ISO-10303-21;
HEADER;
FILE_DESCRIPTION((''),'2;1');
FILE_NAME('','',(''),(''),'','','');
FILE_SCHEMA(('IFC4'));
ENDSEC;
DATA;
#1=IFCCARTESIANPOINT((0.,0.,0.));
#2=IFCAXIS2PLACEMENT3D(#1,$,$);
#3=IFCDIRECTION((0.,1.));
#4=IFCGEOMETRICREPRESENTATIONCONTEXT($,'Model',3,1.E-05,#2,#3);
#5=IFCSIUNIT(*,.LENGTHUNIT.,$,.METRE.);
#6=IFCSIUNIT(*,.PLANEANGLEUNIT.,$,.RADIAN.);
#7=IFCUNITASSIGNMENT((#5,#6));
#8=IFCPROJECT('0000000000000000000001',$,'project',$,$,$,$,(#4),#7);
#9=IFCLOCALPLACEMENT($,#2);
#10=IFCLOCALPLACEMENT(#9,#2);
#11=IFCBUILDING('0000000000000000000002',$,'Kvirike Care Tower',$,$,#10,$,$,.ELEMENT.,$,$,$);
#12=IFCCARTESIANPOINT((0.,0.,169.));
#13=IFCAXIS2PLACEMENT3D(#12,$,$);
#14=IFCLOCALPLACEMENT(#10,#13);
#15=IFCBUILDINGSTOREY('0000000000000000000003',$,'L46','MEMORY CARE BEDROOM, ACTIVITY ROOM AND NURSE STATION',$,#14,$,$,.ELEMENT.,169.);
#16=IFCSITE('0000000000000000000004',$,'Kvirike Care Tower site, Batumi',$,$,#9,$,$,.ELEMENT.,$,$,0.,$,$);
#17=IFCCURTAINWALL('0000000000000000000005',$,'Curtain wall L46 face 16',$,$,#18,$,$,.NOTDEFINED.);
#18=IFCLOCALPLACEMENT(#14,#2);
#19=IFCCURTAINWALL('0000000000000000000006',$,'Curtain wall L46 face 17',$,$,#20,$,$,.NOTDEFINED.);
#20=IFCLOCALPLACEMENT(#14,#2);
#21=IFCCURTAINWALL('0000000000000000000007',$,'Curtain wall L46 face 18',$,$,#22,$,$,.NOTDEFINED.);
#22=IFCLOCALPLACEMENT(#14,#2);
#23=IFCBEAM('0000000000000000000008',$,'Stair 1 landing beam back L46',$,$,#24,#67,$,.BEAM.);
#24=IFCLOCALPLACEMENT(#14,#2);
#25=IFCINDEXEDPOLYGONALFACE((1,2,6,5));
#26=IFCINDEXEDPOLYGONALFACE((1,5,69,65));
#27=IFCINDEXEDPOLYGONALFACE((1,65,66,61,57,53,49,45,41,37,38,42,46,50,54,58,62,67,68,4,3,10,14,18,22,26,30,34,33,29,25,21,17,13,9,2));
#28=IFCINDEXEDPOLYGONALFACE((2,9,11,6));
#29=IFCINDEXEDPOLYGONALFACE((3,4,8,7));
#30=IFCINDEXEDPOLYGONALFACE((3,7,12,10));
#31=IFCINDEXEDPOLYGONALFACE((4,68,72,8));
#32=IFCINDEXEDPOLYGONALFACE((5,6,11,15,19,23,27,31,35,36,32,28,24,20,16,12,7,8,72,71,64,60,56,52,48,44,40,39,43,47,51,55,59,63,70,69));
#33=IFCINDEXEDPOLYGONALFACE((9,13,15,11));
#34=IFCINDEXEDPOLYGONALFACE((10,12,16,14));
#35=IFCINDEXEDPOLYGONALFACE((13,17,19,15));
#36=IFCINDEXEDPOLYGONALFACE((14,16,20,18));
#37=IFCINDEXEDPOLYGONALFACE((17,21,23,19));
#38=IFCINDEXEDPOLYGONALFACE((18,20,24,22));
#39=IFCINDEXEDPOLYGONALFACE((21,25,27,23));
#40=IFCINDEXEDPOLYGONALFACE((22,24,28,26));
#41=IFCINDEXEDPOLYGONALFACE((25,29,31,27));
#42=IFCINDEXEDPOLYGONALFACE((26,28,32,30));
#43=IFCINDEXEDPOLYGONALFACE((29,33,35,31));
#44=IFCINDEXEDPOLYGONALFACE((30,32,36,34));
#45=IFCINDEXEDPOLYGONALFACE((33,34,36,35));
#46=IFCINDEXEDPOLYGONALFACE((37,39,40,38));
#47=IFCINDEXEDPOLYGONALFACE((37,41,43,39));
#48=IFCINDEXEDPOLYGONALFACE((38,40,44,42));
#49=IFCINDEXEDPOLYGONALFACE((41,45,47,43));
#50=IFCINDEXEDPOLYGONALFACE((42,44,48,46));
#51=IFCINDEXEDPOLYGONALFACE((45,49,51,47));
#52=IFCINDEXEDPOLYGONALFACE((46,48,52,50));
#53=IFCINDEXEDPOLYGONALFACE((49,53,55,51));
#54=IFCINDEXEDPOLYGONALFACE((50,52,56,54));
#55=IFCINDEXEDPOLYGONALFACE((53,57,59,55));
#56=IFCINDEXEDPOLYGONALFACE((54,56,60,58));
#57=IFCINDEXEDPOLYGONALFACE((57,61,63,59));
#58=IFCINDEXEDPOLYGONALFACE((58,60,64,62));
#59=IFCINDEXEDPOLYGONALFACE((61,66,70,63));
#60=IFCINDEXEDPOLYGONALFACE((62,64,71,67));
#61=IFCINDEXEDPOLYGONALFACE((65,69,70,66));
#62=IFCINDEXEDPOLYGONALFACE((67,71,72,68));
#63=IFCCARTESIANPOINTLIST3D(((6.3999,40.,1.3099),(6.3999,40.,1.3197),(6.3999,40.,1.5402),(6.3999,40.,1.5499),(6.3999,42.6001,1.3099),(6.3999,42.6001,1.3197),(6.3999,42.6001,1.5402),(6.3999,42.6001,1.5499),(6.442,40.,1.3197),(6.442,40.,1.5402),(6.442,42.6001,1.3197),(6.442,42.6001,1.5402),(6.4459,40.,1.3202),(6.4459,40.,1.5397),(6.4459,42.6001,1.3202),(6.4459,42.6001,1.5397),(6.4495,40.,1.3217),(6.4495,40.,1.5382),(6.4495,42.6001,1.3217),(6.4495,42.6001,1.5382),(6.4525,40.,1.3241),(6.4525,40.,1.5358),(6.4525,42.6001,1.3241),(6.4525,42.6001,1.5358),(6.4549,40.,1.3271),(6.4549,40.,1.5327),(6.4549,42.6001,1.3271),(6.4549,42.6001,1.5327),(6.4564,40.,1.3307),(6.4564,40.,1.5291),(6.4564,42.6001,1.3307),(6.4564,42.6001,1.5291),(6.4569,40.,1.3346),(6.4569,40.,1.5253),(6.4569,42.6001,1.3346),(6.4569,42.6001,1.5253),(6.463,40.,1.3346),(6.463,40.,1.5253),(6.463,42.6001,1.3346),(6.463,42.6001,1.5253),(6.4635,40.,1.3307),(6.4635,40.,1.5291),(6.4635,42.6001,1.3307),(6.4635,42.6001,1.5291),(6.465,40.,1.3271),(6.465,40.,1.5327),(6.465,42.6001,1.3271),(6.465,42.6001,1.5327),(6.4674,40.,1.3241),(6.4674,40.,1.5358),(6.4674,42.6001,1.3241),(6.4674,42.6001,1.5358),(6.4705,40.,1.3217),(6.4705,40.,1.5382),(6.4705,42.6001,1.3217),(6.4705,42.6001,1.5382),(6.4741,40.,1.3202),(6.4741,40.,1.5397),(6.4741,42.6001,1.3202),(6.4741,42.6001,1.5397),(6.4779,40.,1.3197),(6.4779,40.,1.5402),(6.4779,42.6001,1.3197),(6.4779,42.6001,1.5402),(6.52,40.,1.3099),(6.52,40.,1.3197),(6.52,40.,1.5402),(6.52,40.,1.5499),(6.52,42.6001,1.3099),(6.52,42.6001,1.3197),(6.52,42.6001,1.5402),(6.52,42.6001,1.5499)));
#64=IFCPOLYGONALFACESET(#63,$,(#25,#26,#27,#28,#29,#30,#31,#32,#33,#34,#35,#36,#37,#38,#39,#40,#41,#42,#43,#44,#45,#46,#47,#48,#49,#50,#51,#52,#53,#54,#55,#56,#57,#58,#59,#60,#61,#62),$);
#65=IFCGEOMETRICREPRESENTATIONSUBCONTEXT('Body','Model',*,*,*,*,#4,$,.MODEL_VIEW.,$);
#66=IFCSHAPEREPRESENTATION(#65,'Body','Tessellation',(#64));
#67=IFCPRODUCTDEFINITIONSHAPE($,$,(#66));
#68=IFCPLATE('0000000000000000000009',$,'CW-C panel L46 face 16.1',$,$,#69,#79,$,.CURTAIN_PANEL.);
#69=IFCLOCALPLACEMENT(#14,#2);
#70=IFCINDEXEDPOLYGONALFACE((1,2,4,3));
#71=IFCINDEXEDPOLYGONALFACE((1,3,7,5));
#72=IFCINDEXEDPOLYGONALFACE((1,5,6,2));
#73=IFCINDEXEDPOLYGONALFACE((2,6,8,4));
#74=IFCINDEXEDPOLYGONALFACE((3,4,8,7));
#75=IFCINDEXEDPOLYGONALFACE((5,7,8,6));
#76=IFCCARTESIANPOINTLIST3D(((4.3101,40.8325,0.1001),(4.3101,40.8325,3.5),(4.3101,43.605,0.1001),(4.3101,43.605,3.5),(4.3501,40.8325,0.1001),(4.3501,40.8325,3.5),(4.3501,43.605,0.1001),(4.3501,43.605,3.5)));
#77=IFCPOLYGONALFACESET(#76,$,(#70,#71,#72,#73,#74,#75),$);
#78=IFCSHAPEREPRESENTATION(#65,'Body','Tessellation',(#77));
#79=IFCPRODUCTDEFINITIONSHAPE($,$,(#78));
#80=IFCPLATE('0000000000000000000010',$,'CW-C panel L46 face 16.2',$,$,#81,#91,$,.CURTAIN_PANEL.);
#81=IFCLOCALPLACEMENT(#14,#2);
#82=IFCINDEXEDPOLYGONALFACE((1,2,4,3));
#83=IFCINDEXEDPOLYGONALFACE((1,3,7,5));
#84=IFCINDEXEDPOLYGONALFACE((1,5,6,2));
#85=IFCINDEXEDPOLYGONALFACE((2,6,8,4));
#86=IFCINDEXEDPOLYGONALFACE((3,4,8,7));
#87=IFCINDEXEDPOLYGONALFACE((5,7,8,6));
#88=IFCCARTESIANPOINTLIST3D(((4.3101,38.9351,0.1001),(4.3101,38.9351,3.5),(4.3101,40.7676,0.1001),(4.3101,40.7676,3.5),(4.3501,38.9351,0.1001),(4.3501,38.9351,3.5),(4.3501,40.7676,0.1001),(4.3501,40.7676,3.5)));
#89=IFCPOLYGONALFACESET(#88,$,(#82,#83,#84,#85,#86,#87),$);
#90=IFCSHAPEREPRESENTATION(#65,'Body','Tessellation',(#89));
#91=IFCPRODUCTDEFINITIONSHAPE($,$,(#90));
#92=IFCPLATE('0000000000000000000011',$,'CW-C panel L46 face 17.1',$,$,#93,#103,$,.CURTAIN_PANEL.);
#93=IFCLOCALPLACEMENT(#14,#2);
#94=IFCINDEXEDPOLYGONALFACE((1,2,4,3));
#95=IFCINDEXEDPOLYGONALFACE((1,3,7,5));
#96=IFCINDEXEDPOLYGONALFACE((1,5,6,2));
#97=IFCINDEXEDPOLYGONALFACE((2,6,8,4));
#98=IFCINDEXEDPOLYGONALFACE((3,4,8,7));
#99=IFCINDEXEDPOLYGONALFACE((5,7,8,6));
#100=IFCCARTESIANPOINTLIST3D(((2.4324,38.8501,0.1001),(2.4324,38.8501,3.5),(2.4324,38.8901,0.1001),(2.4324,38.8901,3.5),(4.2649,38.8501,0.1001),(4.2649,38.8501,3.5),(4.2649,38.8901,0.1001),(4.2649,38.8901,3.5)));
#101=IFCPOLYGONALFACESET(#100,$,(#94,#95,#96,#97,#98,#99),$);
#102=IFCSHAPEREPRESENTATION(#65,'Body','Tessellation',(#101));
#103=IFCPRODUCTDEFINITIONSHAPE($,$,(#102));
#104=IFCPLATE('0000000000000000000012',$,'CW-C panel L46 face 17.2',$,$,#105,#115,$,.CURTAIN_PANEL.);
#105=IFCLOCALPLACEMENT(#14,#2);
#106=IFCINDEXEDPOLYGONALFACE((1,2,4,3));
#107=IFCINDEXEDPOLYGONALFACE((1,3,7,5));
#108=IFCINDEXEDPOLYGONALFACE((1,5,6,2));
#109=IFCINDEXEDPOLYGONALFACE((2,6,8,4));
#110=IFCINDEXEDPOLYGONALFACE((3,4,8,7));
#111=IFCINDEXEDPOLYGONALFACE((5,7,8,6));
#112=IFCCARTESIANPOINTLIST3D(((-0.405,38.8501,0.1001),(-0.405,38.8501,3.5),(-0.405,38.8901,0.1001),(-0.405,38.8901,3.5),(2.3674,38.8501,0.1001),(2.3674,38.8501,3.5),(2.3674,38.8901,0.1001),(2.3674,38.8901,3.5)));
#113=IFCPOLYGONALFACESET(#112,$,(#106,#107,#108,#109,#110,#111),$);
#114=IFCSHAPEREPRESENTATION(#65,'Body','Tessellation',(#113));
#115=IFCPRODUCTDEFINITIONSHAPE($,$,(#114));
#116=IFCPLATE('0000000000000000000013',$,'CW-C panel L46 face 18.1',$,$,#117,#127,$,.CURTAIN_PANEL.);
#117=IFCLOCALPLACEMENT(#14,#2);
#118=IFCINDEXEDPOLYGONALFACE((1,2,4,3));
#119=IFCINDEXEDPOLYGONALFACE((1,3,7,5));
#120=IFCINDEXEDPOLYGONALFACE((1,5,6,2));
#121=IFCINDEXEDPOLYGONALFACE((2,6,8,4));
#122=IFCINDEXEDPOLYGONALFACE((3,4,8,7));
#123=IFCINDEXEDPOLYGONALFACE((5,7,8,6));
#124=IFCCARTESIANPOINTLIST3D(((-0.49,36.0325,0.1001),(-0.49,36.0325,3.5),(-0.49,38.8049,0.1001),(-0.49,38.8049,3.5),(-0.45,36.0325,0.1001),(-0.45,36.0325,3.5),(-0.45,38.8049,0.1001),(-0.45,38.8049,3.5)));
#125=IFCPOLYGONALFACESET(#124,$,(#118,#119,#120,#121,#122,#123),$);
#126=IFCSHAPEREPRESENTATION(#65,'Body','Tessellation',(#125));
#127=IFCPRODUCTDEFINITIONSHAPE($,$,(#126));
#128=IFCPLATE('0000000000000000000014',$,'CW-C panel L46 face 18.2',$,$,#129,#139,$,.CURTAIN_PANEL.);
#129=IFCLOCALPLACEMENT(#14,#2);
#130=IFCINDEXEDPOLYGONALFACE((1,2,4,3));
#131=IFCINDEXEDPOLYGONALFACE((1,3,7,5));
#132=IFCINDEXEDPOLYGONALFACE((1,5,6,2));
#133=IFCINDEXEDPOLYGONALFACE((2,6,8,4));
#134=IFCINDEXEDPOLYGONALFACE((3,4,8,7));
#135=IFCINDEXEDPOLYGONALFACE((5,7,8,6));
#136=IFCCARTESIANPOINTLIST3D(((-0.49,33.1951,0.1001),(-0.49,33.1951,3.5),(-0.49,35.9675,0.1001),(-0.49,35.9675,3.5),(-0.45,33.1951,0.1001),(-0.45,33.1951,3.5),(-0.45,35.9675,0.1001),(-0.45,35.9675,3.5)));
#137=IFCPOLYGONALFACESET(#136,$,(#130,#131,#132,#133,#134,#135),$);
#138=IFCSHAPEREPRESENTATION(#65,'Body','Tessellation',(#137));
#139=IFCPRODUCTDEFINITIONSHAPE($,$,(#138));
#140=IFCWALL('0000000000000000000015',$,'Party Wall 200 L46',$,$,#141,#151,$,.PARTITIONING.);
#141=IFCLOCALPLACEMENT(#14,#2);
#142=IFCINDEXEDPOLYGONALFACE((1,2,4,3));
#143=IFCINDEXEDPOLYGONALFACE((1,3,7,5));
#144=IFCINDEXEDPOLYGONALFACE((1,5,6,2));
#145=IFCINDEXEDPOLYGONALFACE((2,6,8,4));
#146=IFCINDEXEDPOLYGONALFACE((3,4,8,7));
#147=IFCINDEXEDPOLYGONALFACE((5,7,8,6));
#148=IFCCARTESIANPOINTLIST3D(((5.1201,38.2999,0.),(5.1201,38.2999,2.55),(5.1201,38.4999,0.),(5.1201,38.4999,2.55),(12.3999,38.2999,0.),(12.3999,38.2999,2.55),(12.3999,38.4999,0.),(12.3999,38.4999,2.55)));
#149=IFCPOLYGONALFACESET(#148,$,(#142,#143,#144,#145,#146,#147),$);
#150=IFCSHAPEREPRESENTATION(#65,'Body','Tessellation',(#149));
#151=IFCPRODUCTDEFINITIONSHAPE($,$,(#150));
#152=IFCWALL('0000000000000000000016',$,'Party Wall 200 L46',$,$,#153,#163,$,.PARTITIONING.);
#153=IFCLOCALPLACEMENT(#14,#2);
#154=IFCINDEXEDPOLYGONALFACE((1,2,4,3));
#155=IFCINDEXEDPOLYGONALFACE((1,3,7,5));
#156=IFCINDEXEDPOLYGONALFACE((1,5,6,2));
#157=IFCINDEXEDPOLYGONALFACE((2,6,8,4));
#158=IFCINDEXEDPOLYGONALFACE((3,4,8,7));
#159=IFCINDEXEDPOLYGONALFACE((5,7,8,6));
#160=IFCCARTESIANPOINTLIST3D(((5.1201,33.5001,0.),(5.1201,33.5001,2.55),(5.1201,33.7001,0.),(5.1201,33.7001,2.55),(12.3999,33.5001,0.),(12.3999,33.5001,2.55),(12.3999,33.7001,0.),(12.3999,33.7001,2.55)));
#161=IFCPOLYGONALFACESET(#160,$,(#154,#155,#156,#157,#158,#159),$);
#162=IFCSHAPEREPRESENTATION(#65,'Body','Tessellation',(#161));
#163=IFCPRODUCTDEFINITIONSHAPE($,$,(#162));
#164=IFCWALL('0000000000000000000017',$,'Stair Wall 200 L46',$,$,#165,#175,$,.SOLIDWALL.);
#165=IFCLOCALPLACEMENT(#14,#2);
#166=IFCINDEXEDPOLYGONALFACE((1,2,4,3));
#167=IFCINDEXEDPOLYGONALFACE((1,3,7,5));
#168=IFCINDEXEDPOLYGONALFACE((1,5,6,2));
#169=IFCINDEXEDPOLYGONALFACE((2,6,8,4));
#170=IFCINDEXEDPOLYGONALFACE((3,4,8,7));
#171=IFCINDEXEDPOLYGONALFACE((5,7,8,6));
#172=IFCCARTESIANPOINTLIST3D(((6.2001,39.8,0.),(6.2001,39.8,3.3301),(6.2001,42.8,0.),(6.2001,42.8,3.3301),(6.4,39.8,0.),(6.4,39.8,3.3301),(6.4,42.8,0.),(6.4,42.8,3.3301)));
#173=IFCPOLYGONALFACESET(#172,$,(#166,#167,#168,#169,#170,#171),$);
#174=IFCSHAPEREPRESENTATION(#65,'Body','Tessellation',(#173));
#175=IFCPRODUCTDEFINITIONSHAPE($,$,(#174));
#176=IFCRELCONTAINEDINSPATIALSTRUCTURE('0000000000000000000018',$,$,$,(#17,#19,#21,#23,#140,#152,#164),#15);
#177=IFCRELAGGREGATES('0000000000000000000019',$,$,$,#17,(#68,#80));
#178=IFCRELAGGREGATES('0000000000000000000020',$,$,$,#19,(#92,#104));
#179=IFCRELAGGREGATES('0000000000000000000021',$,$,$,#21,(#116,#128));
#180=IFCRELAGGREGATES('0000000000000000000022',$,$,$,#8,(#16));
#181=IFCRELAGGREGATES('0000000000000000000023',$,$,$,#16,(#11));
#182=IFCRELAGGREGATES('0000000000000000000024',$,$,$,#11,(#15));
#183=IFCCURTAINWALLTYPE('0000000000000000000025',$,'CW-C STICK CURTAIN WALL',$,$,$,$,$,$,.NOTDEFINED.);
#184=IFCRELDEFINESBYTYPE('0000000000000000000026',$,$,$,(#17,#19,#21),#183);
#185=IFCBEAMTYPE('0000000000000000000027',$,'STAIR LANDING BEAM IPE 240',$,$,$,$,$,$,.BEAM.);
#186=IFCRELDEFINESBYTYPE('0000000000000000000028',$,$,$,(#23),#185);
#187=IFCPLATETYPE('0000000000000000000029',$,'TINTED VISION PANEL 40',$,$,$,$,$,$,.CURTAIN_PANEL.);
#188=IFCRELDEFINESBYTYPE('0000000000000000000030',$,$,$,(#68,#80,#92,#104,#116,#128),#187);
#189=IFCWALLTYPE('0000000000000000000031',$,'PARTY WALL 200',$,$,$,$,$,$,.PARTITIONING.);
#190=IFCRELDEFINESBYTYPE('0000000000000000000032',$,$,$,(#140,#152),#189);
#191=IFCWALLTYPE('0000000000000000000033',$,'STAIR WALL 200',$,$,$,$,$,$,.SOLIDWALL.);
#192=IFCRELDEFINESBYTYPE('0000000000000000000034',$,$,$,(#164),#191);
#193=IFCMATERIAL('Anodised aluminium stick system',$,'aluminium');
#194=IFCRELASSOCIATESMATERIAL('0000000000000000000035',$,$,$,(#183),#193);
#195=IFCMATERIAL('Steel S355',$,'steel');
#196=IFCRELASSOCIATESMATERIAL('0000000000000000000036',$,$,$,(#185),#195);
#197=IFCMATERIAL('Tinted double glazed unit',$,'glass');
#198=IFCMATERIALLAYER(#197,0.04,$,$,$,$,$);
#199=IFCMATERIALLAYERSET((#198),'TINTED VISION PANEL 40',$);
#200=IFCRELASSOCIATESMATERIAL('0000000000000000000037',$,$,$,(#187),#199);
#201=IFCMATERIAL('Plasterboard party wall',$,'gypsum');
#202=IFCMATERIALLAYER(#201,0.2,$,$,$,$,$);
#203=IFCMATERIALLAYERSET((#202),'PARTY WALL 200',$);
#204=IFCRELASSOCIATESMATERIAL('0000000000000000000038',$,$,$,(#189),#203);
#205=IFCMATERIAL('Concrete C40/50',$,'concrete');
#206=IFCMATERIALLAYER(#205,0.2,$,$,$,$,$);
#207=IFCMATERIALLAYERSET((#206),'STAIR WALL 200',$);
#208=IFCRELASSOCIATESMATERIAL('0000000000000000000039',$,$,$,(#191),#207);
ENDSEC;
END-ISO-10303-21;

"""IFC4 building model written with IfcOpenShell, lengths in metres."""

from ifc_helpers import new_model, si_unit, direction, frame, frame_2d, origin, origin_2d, place, context, subcontext, project, spatial, rectangle, i_section, extrude, material, layer, layer_set, material_profile, profile_set, type_object, element, aggregate, save


model = new_model("IFC4")

# Units and contexts
model_context = context("Model", 3, precision=1e-05, world=origin(), true_north=direction((0.0, 1.0)))
body_context = subcontext(model_context, "Body", "Model", "MODEL_VIEW")
ifc_project = project(units=[si_unit("LENGTHUNIT", "METRE"), si_unit("PLANEANGLEUNIT", "RADIAN")], contexts=[model_context])

# Site, building, storey
site_placement = place(None, origin())
site = spatial("IfcSite", under=ifc_project, at=site_placement, Name="Kvirike Care Tower site, Batumi", CompositionType="ELEMENT", RefElevation=0.0)
building_placement = place(site_placement, origin())
building = spatial("IfcBuilding", under=site, at=building_placement, Name="Kvirike Care Tower", CompositionType="ELEMENT")
storey_placement = place(building_placement, frame((0.0, 0.0, 169.0)))
storey = spatial("IfcBuildingStorey", under=building, at=storey_placement, Name="L46", Description="MEMORY CARE BEDROOM, ACTIVITY ROOM AND NURSE STATION", CompositionType="ELEMENT", Elevation=169.0)

# Curtain walls
ifc_material_1 = material(Name="Anodised aluminium stick system", Category="aluminium")
curtain_wall_type = type_object("IfcCurtainWallType", Name="CW-C STICK CURTAIN WALL", PredefinedType="NOTDEFINED", material=ifc_material_1)
curtain_wall_1_placement = place(storey_placement, origin())
curtain_wall_1 = element("IfcCurtainWall", 1, at=curtain_wall_1_placement, inside=storey, type_object=curtain_wall_type, Name="Curtain wall L46 face 16", PredefinedType="NOTDEFINED")
curtain_wall_2_placement = place(storey_placement, origin())
curtain_wall_2 = element("IfcCurtainWall", 2, at=curtain_wall_2_placement, inside=storey, type_object=curtain_wall_type, Name="Curtain wall L46 face 17", PredefinedType="NOTDEFINED")
curtain_wall_3_placement = place(storey_placement, origin())
curtain_wall_3 = element("IfcCurtainWall", 3, at=curtain_wall_3_placement, inside=storey, type_object=curtain_wall_type, Name="Curtain wall L46 face 18", PredefinedType="NOTDEFINED")

# Beam
ifc_material_2 = material(Name="Steel S355", Category="steel")
ifc_material_profile_1 = material_profile(ifc_material_2, i_section(OverallWidth=0.1201, OverallDepth=0.24, WebThickness=0.0061, FlangeThickness=0.0098, FilletRadius=0.0149, at=origin_2d()), Name="IPE 240")
ifc_profile_set_1 = profile_set([ifc_material_profile_1], Name="Steel S355")
beam_type_1 = type_object("IfcBeamType", Name="STAIR LANDING BEAM IPE 240", PredefinedType="BEAM", material=ifc_profile_set_1)
beam_1_placement = place(storey_placement, frame((6.46, 42.6001, 1.4299), z_axis=(0.0, -1.0, 0.0), x_axis=(1.0, 0.0, 0.0)))
element("IfcBeam", 4, at=beam_1_placement, inside=storey, type_object=beam_type_1, Name="Stair 1 landing beam back L46", PredefinedType="BEAM", context=body_context, shape_type="SweptSolid", body=[
    extrude(i_section(OverallWidth=0.1201, OverallDepth=0.24, WebThickness=0.0061, FlangeThickness=0.0098, FilletRadius=0.0149, at=origin_2d()), origin(), (0.0, 0.0, 1.0), 2.6001),
])

# Plates
ifc_material_3 = material(Name="Tinted double glazed unit", Category="glass")
ifc_layer_1 = layer(ifc_material_3, 0.04)
ifc_layer_set_1 = layer_set([ifc_layer_1], Name="TINTED VISION PANEL 40")
plate_type = type_object("IfcPlateType", Name="TINTED VISION PANEL 40", PredefinedType="CURTAIN_PANEL", material=ifc_layer_set_1)
plate_1_placement = place(storey_placement, frame((4.3301, 42.2188, 0.1001), z_axis=(0.0, 0.0, 1.0), x_axis=(0.0, -1.0, 0.0)))
plate_1 = element("IfcPlate", 5, at=plate_1_placement, type_object=plate_type, Name="CW-C panel L46 face 16.1", PredefinedType="CURTAIN_PANEL", context=body_context, shape_type="SweptSolid", body=[
    extrude(rectangle(XDim=2.7725, YDim=0.04, at=origin_2d()), origin(), (0.0, 0.0, 1.0), 3.3999),
])
plate_2_placement = place(storey_placement, frame((4.3301, 39.8513, 0.1001), z_axis=(0.0, 0.0, 1.0), x_axis=(0.0, -1.0, 0.0)))
plate_2 = element("IfcPlate", 6, at=plate_2_placement, type_object=plate_type, Name="CW-C panel L46 face 16.2", PredefinedType="CURTAIN_PANEL", context=body_context, shape_type="SweptSolid", body=[
    extrude(rectangle(XDim=1.8325, YDim=0.04, at=origin_2d()), origin(), (0.0, 0.0, 1.0), 3.3999),
])
aggregate(curtain_wall_1, [plate_1, plate_2])
plate_3_placement = place(storey_placement, frame((3.3486, 38.8701, 0.1001), z_axis=(0.0, 0.0, 1.0), x_axis=(-1.0, 0.0, 0.0)))
plate_3 = element("IfcPlate", 7, at=plate_3_placement, type_object=plate_type, Name="CW-C panel L46 face 17.1", PredefinedType="CURTAIN_PANEL", context=body_context, shape_type="SweptSolid", body=[
    extrude(rectangle(XDim=1.8325, YDim=0.04, at=origin_2d()), origin(), (0.0, 0.0, 1.0), 3.3999),
])
plate_4_placement = place(storey_placement, frame((0.9812, 38.8701, 0.1001), z_axis=(0.0, 0.0, 1.0), x_axis=(-1.0, 0.0, 0.0)))
plate_4 = element("IfcPlate", 8, at=plate_4_placement, type_object=plate_type, Name="CW-C panel L46 face 17.2", PredefinedType="CURTAIN_PANEL", context=body_context, shape_type="SweptSolid", body=[
    extrude(rectangle(XDim=2.7725, YDim=0.04, at=origin_2d()), origin(), (0.0, 0.0, 1.0), 3.3999),
])
aggregate(curtain_wall_2, [plate_3, plate_4])
plate_5_placement = place(storey_placement, frame((-0.47, 37.4187, 0.1001), z_axis=(0.0, 0.0, 1.0), x_axis=(0.0, -1.0, 0.0)))
plate_5 = element("IfcPlate", 9, at=plate_5_placement, type_object=plate_type, Name="CW-C panel L46 face 18.1", PredefinedType="CURTAIN_PANEL", context=body_context, shape_type="SweptSolid", body=[
    extrude(rectangle(XDim=2.7725, YDim=0.04, at=origin_2d()), origin(), (0.0, 0.0, 1.0), 3.3999),
])
plate_6_placement = place(storey_placement, frame((-0.47, 34.5813, 0.1001), z_axis=(0.0, 0.0, 1.0), x_axis=(0.0, -1.0, 0.0)))
plate_6 = element("IfcPlate", 10, at=plate_6_placement, type_object=plate_type, Name="CW-C panel L46 face 18.2", PredefinedType="CURTAIN_PANEL", context=body_context, shape_type="SweptSolid", body=[
    extrude(rectangle(XDim=2.7725, YDim=0.04, at=origin_2d()), origin(), (0.0, 0.0, 1.0), 3.3999),
])
aggregate(curtain_wall_3, [plate_5, plate_6])

# Walls
ifc_material_4 = material(Name="Plasterboard party wall", Category="gypsum")
ifc_layer_2 = layer(ifc_material_4, 0.2)
ifc_layer_set_2 = layer_set([ifc_layer_2], Name="PARTY WALL 200")
wall_type_1 = type_object("IfcWallType", Name="PARTY WALL 200", PredefinedType="PARTITIONING", material=ifc_layer_set_2)
for number, where, z_axis, x_axis, name in (
    (11, (5.1201, 38.3999, 0.0), (0.0, 0.0, 1.0), (1.0, 0.0, 0.0), "Party Wall 200 L46"),
    (12, (5.1201, 33.6001, 0.0), (0.0, 0.0, 1.0), (1.0, 0.0, 0.0), "Party Wall 200 L46"),
):
    element("IfcWall", number, at=place(storey_placement, frame(where, z_axis=z_axis, x_axis=x_axis)), inside=storey, type_object=wall_type_1, Name=name, PredefinedType="PARTITIONING", context=body_context, shape_type="SweptSolid", body=[
        extrude(rectangle(XDim=7.2798, YDim=0.2, at=frame_2d((3.6399, 0.0))), origin(), (0.0, 0.0, 1.0), 2.55),
    ])
ifc_material_5 = material(Name="Concrete C40/50", Category="concrete")
ifc_layer_3 = layer(ifc_material_5, 0.2)
ifc_layer_set_3 = layer_set([ifc_layer_3], Name="STAIR WALL 200")
wall_type_2 = type_object("IfcWallType", Name="STAIR WALL 200", PredefinedType="SOLIDWALL", material=ifc_layer_set_3)
wall_placement = place(storey_placement, frame((6.3, 42.8, 0.0), z_axis=(0.0, 0.0, 1.0), x_axis=(0.0, -1.0, 0.0)))
element("IfcWall", 13, at=wall_placement, inside=storey, type_object=wall_type_2, Name="Stair Wall 200 L46", PredefinedType="SOLIDWALL", context=body_context, shape_type="SweptSolid", body=[
    extrude(rectangle(XDim=3.0, YDim=0.2, at=frame_2d((1.5, 0.0))), origin(), (0.0, 0.0, 1.0), 3.3301),
])

save(model, "model.ifc")
